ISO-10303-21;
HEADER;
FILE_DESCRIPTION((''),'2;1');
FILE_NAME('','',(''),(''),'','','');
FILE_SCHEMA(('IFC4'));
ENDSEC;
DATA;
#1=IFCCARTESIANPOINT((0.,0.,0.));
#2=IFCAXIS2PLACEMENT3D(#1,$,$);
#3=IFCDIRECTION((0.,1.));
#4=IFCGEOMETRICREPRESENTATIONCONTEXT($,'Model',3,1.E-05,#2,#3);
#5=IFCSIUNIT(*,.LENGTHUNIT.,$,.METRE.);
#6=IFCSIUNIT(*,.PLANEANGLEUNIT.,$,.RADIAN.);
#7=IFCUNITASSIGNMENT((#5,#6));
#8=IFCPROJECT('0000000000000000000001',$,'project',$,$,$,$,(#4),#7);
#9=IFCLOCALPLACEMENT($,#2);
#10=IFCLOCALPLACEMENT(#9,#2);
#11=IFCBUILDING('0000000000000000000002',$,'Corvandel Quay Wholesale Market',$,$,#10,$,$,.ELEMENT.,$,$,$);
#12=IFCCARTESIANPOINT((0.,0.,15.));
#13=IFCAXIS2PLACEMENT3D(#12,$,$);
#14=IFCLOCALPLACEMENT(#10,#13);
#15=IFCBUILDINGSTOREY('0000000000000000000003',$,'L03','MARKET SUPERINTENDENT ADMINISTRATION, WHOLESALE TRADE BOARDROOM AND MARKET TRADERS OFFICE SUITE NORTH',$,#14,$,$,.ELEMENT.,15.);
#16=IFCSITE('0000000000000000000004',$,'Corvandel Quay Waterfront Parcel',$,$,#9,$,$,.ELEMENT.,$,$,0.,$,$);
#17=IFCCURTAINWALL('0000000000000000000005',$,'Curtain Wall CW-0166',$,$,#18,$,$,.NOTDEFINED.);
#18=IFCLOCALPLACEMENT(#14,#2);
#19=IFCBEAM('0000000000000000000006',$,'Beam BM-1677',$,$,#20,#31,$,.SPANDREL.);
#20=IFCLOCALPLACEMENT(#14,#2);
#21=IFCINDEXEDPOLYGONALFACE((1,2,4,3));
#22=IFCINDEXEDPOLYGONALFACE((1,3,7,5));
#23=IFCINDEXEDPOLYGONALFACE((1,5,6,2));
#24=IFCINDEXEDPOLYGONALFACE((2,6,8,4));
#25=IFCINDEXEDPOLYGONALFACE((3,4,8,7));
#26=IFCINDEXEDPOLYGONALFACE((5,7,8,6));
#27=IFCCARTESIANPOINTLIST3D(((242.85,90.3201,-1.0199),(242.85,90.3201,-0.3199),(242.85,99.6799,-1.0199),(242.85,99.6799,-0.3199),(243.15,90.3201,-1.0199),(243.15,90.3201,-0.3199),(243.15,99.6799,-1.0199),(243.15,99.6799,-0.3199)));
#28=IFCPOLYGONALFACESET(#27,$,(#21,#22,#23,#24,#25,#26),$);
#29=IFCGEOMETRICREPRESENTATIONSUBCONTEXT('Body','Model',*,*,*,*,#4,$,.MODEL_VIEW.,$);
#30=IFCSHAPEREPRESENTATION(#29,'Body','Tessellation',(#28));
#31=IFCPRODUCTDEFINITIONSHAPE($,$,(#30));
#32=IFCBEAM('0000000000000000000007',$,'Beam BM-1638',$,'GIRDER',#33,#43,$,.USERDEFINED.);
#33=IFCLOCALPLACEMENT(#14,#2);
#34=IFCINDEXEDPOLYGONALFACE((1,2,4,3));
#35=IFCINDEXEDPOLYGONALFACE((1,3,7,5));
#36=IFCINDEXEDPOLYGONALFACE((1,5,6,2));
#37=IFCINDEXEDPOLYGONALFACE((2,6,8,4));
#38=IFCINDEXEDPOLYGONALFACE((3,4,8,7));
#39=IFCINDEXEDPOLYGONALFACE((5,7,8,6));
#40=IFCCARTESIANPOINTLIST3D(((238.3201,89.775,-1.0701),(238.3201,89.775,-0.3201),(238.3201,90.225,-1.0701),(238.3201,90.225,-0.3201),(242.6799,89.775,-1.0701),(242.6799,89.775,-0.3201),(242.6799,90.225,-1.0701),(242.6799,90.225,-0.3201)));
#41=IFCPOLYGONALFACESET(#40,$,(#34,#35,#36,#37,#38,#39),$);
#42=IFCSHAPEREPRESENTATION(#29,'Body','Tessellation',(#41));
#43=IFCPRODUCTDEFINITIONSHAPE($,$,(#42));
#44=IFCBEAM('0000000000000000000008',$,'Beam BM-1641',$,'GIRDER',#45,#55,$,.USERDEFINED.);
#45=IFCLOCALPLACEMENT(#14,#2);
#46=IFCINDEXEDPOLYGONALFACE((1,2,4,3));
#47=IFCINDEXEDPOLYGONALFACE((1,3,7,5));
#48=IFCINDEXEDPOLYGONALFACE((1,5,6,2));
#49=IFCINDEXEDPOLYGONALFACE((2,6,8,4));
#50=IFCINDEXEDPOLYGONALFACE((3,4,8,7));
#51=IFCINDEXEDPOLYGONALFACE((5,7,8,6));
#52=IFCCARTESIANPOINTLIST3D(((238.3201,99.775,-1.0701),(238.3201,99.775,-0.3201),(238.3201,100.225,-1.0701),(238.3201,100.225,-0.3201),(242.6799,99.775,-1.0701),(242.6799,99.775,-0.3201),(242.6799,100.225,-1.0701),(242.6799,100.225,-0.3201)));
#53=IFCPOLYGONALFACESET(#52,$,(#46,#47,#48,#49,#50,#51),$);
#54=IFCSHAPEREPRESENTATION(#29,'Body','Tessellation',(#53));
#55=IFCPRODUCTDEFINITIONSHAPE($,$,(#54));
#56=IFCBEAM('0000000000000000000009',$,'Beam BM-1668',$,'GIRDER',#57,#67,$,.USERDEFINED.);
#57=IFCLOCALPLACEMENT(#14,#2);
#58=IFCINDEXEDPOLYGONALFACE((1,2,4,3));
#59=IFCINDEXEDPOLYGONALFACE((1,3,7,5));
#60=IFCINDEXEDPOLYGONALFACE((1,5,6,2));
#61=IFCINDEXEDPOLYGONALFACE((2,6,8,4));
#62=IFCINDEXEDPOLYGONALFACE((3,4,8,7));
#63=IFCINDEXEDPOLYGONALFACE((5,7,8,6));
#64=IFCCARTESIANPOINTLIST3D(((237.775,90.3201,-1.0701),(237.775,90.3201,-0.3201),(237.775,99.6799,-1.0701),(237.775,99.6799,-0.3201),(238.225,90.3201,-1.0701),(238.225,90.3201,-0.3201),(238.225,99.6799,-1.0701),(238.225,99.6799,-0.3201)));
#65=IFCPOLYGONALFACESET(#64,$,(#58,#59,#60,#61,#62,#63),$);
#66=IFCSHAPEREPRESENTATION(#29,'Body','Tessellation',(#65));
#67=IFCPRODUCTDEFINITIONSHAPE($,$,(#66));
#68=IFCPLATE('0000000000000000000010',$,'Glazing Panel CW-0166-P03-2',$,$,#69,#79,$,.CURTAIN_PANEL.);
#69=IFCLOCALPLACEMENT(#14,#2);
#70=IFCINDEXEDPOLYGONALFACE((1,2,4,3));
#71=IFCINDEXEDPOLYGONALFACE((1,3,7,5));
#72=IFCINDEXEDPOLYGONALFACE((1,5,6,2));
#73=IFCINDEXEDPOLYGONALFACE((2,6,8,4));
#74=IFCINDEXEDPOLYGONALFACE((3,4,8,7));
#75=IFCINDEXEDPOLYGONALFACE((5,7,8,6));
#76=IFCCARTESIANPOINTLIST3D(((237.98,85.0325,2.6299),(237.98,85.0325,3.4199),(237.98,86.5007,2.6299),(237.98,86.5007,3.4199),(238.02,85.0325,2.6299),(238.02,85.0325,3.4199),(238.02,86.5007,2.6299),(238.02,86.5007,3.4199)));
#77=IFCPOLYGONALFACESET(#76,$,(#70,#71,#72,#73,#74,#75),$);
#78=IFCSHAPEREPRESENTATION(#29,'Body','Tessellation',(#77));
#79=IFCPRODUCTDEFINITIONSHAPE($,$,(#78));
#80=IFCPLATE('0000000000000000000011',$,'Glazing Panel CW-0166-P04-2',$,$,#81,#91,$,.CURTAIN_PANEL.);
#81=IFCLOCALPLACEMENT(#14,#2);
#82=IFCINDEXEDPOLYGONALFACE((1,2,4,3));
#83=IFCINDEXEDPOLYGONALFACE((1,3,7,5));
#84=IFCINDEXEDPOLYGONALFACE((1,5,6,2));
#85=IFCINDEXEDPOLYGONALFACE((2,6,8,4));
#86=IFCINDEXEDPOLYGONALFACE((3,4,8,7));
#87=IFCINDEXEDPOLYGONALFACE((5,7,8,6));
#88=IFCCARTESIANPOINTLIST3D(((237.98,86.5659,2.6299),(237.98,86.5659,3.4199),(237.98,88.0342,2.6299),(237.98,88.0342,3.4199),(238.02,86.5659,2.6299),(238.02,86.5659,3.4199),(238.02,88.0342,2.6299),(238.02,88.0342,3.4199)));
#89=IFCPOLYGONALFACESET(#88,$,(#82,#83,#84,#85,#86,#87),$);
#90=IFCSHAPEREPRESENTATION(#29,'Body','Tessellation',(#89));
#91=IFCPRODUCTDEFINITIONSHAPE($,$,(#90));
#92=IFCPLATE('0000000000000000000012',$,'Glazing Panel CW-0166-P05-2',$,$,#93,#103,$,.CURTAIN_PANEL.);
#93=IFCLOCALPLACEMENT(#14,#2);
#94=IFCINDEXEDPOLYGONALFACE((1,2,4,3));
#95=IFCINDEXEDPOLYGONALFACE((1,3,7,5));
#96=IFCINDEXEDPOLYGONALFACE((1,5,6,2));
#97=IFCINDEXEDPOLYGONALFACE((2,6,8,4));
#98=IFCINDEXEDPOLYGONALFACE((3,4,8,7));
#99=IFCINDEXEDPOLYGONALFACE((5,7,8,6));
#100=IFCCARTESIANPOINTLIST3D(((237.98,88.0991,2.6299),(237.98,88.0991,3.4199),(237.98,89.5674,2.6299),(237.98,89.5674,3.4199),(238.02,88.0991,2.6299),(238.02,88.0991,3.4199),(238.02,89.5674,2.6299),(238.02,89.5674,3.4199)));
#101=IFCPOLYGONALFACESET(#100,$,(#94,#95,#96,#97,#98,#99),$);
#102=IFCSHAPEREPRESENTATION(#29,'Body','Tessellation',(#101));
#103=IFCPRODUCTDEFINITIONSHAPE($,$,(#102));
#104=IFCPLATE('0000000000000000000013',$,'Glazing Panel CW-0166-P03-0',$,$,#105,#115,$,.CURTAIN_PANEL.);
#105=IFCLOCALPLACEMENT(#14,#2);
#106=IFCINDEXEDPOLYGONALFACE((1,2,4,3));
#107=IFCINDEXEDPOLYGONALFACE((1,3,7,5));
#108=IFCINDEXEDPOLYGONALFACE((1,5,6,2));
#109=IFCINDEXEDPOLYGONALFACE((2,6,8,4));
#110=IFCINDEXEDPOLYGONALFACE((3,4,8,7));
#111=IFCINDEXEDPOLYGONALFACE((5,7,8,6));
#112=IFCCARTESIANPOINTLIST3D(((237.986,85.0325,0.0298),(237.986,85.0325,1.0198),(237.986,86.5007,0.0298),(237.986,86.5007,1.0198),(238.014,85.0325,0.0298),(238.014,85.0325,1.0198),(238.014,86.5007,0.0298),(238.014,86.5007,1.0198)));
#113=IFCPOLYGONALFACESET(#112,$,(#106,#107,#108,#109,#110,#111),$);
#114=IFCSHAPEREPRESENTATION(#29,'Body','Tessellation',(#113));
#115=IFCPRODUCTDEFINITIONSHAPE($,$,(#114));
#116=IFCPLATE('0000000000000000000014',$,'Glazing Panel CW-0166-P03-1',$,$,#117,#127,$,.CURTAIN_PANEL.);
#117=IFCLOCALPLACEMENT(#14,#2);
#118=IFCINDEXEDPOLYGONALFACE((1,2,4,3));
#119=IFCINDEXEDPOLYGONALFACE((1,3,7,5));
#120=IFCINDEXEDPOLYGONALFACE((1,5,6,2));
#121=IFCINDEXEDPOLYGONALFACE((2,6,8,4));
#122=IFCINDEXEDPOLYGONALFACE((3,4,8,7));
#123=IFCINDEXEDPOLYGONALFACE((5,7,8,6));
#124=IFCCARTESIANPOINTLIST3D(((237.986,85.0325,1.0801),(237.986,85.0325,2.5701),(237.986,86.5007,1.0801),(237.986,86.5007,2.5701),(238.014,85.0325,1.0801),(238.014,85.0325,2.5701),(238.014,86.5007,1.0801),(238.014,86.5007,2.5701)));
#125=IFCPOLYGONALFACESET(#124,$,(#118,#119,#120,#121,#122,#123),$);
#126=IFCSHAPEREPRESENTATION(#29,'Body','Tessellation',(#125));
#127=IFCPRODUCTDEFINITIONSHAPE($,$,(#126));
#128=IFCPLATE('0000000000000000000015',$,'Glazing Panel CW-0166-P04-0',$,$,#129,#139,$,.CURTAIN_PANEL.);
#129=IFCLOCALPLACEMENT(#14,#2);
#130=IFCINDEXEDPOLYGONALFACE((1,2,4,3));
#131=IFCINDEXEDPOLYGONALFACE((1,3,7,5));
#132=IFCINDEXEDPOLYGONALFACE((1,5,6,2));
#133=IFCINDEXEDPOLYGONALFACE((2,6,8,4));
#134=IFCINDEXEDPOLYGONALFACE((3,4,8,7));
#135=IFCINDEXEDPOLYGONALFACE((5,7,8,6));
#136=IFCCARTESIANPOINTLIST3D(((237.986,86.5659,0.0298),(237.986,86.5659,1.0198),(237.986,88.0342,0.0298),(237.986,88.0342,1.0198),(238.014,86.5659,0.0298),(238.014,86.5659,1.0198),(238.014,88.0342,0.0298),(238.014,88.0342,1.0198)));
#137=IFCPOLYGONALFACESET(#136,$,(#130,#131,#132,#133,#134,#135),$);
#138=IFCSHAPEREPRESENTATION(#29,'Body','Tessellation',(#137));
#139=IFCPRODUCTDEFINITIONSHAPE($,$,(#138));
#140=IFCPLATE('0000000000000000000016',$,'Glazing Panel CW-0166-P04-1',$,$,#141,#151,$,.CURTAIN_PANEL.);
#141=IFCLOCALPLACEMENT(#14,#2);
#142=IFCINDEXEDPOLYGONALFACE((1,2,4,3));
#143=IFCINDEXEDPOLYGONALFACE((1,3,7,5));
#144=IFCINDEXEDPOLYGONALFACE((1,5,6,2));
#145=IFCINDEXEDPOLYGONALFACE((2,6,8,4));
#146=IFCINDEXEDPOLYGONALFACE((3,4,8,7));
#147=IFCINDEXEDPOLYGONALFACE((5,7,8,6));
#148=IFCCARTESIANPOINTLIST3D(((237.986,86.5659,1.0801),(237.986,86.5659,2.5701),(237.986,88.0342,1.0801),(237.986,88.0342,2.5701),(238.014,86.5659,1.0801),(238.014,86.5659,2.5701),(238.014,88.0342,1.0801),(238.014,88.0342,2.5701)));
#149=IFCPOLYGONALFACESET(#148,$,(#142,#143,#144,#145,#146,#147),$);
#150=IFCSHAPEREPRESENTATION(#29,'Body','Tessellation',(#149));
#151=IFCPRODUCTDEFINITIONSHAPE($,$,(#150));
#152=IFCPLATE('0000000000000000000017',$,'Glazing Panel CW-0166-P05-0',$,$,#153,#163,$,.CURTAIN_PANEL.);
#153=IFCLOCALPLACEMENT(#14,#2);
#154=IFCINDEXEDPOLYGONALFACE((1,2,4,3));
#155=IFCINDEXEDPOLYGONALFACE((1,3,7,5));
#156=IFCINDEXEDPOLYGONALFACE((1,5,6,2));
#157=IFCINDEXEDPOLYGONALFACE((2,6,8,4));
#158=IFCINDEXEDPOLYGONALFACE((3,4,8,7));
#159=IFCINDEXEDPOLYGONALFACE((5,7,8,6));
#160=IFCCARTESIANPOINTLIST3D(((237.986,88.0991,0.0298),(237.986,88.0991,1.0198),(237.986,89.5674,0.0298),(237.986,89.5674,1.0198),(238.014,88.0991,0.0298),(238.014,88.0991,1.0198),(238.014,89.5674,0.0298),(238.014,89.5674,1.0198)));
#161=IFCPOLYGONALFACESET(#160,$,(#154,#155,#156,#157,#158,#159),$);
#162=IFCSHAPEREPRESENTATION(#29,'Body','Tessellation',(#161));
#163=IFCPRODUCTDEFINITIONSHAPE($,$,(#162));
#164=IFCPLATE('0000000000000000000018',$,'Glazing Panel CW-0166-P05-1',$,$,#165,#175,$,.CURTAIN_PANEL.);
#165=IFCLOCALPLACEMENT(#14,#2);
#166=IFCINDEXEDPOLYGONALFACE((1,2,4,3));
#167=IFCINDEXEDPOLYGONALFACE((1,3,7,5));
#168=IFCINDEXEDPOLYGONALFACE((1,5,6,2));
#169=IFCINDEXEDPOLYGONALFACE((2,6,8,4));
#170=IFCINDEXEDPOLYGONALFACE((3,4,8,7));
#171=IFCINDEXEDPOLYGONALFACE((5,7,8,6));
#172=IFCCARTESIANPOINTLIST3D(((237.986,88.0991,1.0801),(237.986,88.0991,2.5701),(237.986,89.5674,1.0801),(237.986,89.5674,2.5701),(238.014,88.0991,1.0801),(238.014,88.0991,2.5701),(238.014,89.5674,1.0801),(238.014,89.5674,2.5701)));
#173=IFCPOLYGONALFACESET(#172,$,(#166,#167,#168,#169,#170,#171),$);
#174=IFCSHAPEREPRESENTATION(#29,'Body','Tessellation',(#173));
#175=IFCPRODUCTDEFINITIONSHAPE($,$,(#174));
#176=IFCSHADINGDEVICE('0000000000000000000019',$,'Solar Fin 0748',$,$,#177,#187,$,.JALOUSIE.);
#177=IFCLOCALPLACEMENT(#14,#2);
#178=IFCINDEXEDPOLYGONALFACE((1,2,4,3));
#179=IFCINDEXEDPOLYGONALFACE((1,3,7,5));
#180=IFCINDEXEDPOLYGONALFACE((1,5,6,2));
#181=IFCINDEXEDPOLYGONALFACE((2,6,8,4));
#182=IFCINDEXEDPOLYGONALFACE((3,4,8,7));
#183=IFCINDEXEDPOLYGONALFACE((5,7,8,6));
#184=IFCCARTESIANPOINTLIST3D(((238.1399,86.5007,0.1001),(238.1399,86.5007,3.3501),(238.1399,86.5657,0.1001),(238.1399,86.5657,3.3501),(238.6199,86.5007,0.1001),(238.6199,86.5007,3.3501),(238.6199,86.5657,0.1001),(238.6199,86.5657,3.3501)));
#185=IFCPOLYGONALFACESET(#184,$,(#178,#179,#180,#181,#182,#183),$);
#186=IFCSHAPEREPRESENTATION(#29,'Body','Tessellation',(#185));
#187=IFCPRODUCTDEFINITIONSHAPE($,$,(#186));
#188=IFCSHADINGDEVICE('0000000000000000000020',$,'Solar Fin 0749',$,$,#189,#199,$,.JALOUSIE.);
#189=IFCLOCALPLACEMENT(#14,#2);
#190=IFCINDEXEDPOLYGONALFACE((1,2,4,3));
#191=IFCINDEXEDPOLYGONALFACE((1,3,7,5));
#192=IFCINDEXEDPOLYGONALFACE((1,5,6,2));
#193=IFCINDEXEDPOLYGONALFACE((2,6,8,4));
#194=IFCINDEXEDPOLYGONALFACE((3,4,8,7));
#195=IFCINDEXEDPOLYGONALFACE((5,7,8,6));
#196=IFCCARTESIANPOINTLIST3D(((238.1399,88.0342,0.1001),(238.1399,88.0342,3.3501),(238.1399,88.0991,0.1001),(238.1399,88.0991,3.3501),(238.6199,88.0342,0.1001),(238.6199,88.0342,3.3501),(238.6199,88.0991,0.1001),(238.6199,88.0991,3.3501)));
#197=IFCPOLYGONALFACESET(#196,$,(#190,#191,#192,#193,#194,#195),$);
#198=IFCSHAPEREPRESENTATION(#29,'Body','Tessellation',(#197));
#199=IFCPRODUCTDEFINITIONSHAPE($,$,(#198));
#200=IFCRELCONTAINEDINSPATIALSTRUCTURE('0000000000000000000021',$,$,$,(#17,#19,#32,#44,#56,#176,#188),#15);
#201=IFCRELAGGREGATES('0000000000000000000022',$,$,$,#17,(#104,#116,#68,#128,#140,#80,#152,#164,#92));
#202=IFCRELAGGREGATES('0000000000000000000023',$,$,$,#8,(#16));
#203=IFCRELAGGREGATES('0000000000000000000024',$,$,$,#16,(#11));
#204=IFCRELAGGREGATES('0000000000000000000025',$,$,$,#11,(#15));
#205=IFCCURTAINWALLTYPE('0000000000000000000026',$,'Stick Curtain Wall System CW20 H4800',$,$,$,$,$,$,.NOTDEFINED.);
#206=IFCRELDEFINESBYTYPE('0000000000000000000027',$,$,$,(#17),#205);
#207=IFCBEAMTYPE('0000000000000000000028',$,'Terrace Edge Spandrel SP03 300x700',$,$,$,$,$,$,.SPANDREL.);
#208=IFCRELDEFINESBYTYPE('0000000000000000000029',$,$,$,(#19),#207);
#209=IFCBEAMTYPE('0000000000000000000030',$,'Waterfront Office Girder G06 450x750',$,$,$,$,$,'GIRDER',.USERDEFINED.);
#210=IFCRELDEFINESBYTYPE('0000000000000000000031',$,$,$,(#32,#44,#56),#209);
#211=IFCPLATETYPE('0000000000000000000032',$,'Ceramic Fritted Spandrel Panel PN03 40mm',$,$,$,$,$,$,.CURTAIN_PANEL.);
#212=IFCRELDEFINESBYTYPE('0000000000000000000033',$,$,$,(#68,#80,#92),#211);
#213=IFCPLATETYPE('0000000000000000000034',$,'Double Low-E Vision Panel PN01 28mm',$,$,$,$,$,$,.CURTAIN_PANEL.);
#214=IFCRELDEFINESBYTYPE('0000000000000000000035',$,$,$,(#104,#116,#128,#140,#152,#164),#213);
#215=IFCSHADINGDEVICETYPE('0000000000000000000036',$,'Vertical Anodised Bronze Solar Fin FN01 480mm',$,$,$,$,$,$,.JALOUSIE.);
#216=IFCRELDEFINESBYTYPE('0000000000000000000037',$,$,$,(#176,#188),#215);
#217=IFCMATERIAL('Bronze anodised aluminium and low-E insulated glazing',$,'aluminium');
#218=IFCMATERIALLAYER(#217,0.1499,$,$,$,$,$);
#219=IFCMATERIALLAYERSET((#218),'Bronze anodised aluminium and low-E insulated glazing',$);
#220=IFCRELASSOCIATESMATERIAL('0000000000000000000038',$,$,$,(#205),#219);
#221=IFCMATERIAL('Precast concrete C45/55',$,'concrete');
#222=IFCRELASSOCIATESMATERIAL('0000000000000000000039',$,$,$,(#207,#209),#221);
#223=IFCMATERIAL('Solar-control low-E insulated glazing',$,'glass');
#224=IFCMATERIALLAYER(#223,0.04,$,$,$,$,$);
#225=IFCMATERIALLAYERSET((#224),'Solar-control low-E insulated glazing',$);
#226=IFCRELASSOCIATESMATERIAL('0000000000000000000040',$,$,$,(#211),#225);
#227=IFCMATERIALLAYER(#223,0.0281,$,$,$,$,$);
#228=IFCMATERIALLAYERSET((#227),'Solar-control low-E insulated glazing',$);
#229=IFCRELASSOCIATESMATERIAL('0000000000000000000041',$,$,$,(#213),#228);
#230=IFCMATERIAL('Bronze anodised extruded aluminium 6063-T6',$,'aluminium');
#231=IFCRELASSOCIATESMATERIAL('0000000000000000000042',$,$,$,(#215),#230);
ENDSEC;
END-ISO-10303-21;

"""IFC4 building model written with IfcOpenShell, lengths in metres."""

from ifc_helpers import new_model, si_unit, direction, frame, origin, origin_2d, place, context, subcontext, project, spatial, rectangle, extrude, material, layer, layer_set, material_profile, profile_set, type_object, element, aggregate, save


model = new_model("IFC4")

# Units and contexts
model_context = context("Model", 3, precision=1e-05, world=origin(), true_north=direction((0.0, 1.0)))
body_context = subcontext(model_context, "Body", "Model", "MODEL_VIEW")
ifc_project = project(units=[si_unit("LENGTHUNIT", "METRE"), si_unit("PLANEANGLEUNIT", "RADIAN")], contexts=[model_context])

# Site, building, storey
site_placement = place(None, origin())
site = spatial("IfcSite", under=ifc_project, at=site_placement, Name="Corvandel Quay Waterfront Parcel", CompositionType="ELEMENT", RefElevation=0.0)
building_placement = place(site_placement, origin())
building = spatial("IfcBuilding", under=site, at=building_placement, Name="Corvandel Quay Wholesale Market", CompositionType="ELEMENT")
storey_placement = place(building_placement, frame((0.0, 0.0, 15.0)))
storey = spatial("IfcBuildingStorey", under=building, at=storey_placement, Name="L03", Description="MARKET SUPERINTENDENT ADMINISTRATION, WHOLESALE TRADE BOARDROOM AND MARKET TRADERS OFFICE SUITE NORTH", CompositionType="ELEMENT", Elevation=15.0)

# Shared definitions
ifc_material_1 = material(Name="Precast concrete C45/55", Category="concrete")

# Curtain wall
ifc_material_2 = material(Name="Bronze anodised aluminium and low-E insulated glazing", Category="aluminium")
ifc_layer_1 = layer(ifc_material_2, 0.1499)
ifc_layer_set_1 = layer_set([ifc_layer_1], Name="Bronze anodised aluminium and low-E insulated glazing")
curtain_wall_type = type_object("IfcCurtainWallType", Name="Stick Curtain Wall System CW20 H4800", PredefinedType="NOTDEFINED", material=ifc_layer_set_1)
curtain_wall_placement = place(storey_placement, origin())
curtain_wall = element("IfcCurtainWall", 1, at=curtain_wall_placement, inside=storey, type_object=curtain_wall_type, Name="Curtain Wall CW-0166", PredefinedType="NOTDEFINED")

# Beams
ifc_material_profile_1 = material_profile(ifc_material_1, rectangle(XDim=0.3, YDim=0.7, at=origin_2d()), Name="PC-SPN-300x700")
ifc_profile_set_1 = profile_set([ifc_material_profile_1], Name="Precast concrete C45/55")
beam_type_1 = type_object("IfcBeamType", Name="Terrace Edge Spandrel SP03 300x700", PredefinedType="SPANDREL", material=ifc_profile_set_1)
beam_1_placement = place(storey_placement, frame((243.0, 90.3201, -0.6699), z_axis=(0.0, 1.0, 0.0), x_axis=(-1.0, 0.0, 0.0)))
element("IfcBeam", 2, at=beam_1_placement, inside=storey, type_object=beam_type_1, Name="Beam BM-1677", PredefinedType="SPANDREL", context=body_context, shape_type="SweptSolid", body=[
    extrude(rectangle(XDim=0.3, YDim=0.7, at=origin_2d()), origin(), (0.0, 0.0, 1.0), 9.3599),
])
ifc_material_profile_2 = material_profile(ifc_material_1, rectangle(XDim=0.45, YDim=0.75, at=origin_2d()), Name="PC-GIR-450x750")
ifc_profile_set_2 = profile_set([ifc_material_profile_2], Name="Precast concrete C45/55")
beam_type_2 = type_object("IfcBeamType", Name="Waterfront Office Girder G06 450x750", ElementType="GIRDER", PredefinedType="USERDEFINED", material=ifc_profile_set_2)
for number, where, z_axis, x_axis, name in (
    (3, (238.3201, 90.0, -0.6951), (1.0, 0.0, 0.0), (0.0, 1.0, 0.0), "Beam BM-1638"),
    (4, (238.3201, 100.0, -0.6951), (1.0, 0.0, 0.0), (0.0, 1.0, 0.0), "Beam BM-1641"),
):
    element("IfcBeam", number, at=place(storey_placement, frame(where, z_axis=z_axis, x_axis=x_axis)), inside=storey, type_object=beam_type_2, Name=name, ObjectType="GIRDER", PredefinedType="USERDEFINED", context=body_context, shape_type="SweptSolid", body=[
        extrude(rectangle(XDim=0.45, YDim=0.75, at=origin_2d()), origin(), (0.0, 0.0, 1.0), 4.3599),
    ])
beam_2_placement = place(storey_placement, frame((238.0, 90.3201, -0.6951), z_axis=(0.0, 1.0, 0.0), x_axis=(-1.0, 0.0, 0.0)))
element("IfcBeam", 5, at=beam_2_placement, inside=storey, type_object=beam_type_2, Name="Beam BM-1668", ObjectType="GIRDER", PredefinedType="USERDEFINED", context=body_context, shape_type="SweptSolid", body=[
    extrude(rectangle(XDim=0.45, YDim=0.75, at=origin_2d()), origin(), (0.0, 0.0, 1.0), 9.3599),
])

# Plates
ifc_material_3 = material(Name="Solar-control low-E insulated glazing", Category="glass")
ifc_layer_2 = layer(ifc_material_3, 0.04)
ifc_layer_set_2 = layer_set([ifc_layer_2], Name="Solar-control low-E insulated glazing")
plate_type_1 = type_object("IfcPlateType", Name="Ceramic Fritted Spandrel Panel PN03 40mm", PredefinedType="CURTAIN_PANEL", material=ifc_layer_set_2)
plate_1_placement = place(storey_placement, frame((238.0, 85.7666, 2.6299), z_axis=(0.0, 0.0, 1.0), x_axis=(0.0, 1.0, 0.0)))
plate_1 = element("IfcPlate", 6, at=plate_1_placement, type_object=plate_type_1, Name="Glazing Panel CW-0166-P03-2", PredefinedType="CURTAIN_PANEL", context=body_context, shape_type="SweptSolid", body=[
    extrude(rectangle(XDim=1.4683, YDim=0.04, at=origin_2d()), origin(), (0.0, 0.0, 1.0), 0.79),
])
plate_2_placement = place(storey_placement, frame((238.0, 87.3, 2.6299), z_axis=(0.0, 0.0, 1.0), x_axis=(0.0, 1.0, 0.0)))
plate_2 = element("IfcPlate", 7, at=plate_2_placement, type_object=plate_type_1, Name="Glazing Panel CW-0166-P04-2", PredefinedType="CURTAIN_PANEL", context=body_context, shape_type="SweptSolid", body=[
    extrude(rectangle(XDim=1.4683, YDim=0.04, at=origin_2d()), origin(), (0.0, 0.0, 1.0), 0.79),
])
plate_3_placement = place(storey_placement, frame((238.0, 88.8333, 2.6299), z_axis=(0.0, 0.0, 1.0), x_axis=(0.0, 1.0, 0.0)))
plate_3 = element("IfcPlate", 8, at=plate_3_placement, type_object=plate_type_1, Name="Glazing Panel CW-0166-P05-2", PredefinedType="CURTAIN_PANEL", context=body_context, shape_type="SweptSolid", body=[
    extrude(rectangle(XDim=1.4683, YDim=0.04, at=origin_2d()), origin(), (0.0, 0.0, 1.0), 0.79),
])
ifc_layer_3 = layer(ifc_material_3, 0.0281)
ifc_layer_set_3 = layer_set([ifc_layer_3], Name="Solar-control low-E insulated glazing")
plate_type_2 = type_object("IfcPlateType", Name="Double Low-E Vision Panel PN01 28mm", PredefinedType="CURTAIN_PANEL", material=ifc_layer_set_3)
plate_4_placement = place(storey_placement, frame((238.0, 85.7666, 0.0298), z_axis=(0.0, 0.0, 1.0), x_axis=(0.0, 1.0, 0.0)))
plate_4 = element("IfcPlate", 9, at=plate_4_placement, type_object=plate_type_2, Name="Glazing Panel CW-0166-P03-0", PredefinedType="CURTAIN_PANEL", context=body_context, shape_type="SweptSolid", body=[
    extrude(rectangle(XDim=1.4683, YDim=0.0281, at=origin_2d()), origin(), (0.0, 0.0, 1.0), 0.99),
])
plate_5_placement = place(storey_placement, frame((238.0, 85.7666, 1.0801), z_axis=(0.0, 0.0, 1.0), x_axis=(0.0, 1.0, 0.0)))
plate_5 = element("IfcPlate", 10, at=plate_5_placement, type_object=plate_type_2, Name="Glazing Panel CW-0166-P03-1", PredefinedType="CURTAIN_PANEL", context=body_context, shape_type="SweptSolid", body=[
    extrude(rectangle(XDim=1.4683, YDim=0.0281, at=origin_2d()), origin(), (0.0, 0.0, 1.0), 1.49),
])
plate_6_placement = place(storey_placement, frame((238.0, 87.3, 0.0298), z_axis=(0.0, 0.0, 1.0), x_axis=(0.0, 1.0, 0.0)))
plate_6 = element("IfcPlate", 11, at=plate_6_placement, type_object=plate_type_2, Name="Glazing Panel CW-0166-P04-0", PredefinedType="CURTAIN_PANEL", context=body_context, shape_type="SweptSolid", body=[
    extrude(rectangle(XDim=1.4683, YDim=0.0281, at=origin_2d()), origin(), (0.0, 0.0, 1.0), 0.99),
])
plate_7_placement = place(storey_placement, frame((238.0, 87.3, 1.0801), z_axis=(0.0, 0.0, 1.0), x_axis=(0.0, 1.0, 0.0)))
plate_7 = element("IfcPlate", 12, at=plate_7_placement, type_object=plate_type_2, Name="Glazing Panel CW-0166-P04-1", PredefinedType="CURTAIN_PANEL", context=body_context, shape_type="SweptSolid", body=[
    extrude(rectangle(XDim=1.4683, YDim=0.0281, at=origin_2d()), origin(), (0.0, 0.0, 1.0), 1.49),
])
plate_8_placement = place(storey_placement, frame((238.0, 88.8333, 0.0298), z_axis=(0.0, 0.0, 1.0), x_axis=(0.0, 1.0, 0.0)))
plate_8 = element("IfcPlate", 13, at=plate_8_placement, type_object=plate_type_2, Name="Glazing Panel CW-0166-P05-0", PredefinedType="CURTAIN_PANEL", context=body_context, shape_type="SweptSolid", body=[
    extrude(rectangle(XDim=1.4683, YDim=0.0281, at=origin_2d()), origin(), (0.0, 0.0, 1.0), 0.99),
])
plate_9_placement = place(storey_placement, frame((238.0, 88.8333, 1.0801), z_axis=(0.0, 0.0, 1.0), x_axis=(0.0, 1.0, 0.0)))
plate_9 = element("IfcPlate", 14, at=plate_9_placement, type_object=plate_type_2, Name="Glazing Panel CW-0166-P05-1", PredefinedType="CURTAIN_PANEL", context=body_context, shape_type="SweptSolid", body=[
    extrude(rectangle(XDim=1.4683, YDim=0.0281, at=origin_2d()), origin(), (0.0, 0.0, 1.0), 1.49),
])
aggregate(curtain_wall, [plate_4, plate_5, plate_1, plate_6, plate_7, plate_2, plate_8, plate_9, plate_3])

# Shading devices
ifc_material_4 = material(Name="Bronze anodised extruded aluminium 6063-T6", Category="aluminium")
shading_device_type = type_object("IfcShadingDeviceType", Name="Vertical Anodised Bronze Solar Fin FN01 480mm", PredefinedType="JALOUSIE", material=ifc_material_4)
for number, where, z_axis, x_axis, name in (
    (15, (238.3799, 86.5332, 0.1001), (0.0, 0.0, 1.0), (1.0, 0.0, 0.0), "Solar Fin 0748"),
    (16, (238.3799, 88.0667, 0.1001), (0.0, 0.0, 1.0), (1.0, 0.0, 0.0), "Solar Fin 0749"),
):
    element("IfcShadingDevice", number, at=place(storey_placement, frame(where, z_axis=z_axis, x_axis=x_axis)), inside=storey, type_object=shading_device_type, Name=name, PredefinedType="JALOUSIE", context=body_context, shape_type="SweptSolid", body=[
        extrude(rectangle(XDim=0.48, YDim=0.0649, at=origin_2d()), origin(), (0.0, 0.0, 1.0), 3.25),
    ])

save(model, "model.ifc")
